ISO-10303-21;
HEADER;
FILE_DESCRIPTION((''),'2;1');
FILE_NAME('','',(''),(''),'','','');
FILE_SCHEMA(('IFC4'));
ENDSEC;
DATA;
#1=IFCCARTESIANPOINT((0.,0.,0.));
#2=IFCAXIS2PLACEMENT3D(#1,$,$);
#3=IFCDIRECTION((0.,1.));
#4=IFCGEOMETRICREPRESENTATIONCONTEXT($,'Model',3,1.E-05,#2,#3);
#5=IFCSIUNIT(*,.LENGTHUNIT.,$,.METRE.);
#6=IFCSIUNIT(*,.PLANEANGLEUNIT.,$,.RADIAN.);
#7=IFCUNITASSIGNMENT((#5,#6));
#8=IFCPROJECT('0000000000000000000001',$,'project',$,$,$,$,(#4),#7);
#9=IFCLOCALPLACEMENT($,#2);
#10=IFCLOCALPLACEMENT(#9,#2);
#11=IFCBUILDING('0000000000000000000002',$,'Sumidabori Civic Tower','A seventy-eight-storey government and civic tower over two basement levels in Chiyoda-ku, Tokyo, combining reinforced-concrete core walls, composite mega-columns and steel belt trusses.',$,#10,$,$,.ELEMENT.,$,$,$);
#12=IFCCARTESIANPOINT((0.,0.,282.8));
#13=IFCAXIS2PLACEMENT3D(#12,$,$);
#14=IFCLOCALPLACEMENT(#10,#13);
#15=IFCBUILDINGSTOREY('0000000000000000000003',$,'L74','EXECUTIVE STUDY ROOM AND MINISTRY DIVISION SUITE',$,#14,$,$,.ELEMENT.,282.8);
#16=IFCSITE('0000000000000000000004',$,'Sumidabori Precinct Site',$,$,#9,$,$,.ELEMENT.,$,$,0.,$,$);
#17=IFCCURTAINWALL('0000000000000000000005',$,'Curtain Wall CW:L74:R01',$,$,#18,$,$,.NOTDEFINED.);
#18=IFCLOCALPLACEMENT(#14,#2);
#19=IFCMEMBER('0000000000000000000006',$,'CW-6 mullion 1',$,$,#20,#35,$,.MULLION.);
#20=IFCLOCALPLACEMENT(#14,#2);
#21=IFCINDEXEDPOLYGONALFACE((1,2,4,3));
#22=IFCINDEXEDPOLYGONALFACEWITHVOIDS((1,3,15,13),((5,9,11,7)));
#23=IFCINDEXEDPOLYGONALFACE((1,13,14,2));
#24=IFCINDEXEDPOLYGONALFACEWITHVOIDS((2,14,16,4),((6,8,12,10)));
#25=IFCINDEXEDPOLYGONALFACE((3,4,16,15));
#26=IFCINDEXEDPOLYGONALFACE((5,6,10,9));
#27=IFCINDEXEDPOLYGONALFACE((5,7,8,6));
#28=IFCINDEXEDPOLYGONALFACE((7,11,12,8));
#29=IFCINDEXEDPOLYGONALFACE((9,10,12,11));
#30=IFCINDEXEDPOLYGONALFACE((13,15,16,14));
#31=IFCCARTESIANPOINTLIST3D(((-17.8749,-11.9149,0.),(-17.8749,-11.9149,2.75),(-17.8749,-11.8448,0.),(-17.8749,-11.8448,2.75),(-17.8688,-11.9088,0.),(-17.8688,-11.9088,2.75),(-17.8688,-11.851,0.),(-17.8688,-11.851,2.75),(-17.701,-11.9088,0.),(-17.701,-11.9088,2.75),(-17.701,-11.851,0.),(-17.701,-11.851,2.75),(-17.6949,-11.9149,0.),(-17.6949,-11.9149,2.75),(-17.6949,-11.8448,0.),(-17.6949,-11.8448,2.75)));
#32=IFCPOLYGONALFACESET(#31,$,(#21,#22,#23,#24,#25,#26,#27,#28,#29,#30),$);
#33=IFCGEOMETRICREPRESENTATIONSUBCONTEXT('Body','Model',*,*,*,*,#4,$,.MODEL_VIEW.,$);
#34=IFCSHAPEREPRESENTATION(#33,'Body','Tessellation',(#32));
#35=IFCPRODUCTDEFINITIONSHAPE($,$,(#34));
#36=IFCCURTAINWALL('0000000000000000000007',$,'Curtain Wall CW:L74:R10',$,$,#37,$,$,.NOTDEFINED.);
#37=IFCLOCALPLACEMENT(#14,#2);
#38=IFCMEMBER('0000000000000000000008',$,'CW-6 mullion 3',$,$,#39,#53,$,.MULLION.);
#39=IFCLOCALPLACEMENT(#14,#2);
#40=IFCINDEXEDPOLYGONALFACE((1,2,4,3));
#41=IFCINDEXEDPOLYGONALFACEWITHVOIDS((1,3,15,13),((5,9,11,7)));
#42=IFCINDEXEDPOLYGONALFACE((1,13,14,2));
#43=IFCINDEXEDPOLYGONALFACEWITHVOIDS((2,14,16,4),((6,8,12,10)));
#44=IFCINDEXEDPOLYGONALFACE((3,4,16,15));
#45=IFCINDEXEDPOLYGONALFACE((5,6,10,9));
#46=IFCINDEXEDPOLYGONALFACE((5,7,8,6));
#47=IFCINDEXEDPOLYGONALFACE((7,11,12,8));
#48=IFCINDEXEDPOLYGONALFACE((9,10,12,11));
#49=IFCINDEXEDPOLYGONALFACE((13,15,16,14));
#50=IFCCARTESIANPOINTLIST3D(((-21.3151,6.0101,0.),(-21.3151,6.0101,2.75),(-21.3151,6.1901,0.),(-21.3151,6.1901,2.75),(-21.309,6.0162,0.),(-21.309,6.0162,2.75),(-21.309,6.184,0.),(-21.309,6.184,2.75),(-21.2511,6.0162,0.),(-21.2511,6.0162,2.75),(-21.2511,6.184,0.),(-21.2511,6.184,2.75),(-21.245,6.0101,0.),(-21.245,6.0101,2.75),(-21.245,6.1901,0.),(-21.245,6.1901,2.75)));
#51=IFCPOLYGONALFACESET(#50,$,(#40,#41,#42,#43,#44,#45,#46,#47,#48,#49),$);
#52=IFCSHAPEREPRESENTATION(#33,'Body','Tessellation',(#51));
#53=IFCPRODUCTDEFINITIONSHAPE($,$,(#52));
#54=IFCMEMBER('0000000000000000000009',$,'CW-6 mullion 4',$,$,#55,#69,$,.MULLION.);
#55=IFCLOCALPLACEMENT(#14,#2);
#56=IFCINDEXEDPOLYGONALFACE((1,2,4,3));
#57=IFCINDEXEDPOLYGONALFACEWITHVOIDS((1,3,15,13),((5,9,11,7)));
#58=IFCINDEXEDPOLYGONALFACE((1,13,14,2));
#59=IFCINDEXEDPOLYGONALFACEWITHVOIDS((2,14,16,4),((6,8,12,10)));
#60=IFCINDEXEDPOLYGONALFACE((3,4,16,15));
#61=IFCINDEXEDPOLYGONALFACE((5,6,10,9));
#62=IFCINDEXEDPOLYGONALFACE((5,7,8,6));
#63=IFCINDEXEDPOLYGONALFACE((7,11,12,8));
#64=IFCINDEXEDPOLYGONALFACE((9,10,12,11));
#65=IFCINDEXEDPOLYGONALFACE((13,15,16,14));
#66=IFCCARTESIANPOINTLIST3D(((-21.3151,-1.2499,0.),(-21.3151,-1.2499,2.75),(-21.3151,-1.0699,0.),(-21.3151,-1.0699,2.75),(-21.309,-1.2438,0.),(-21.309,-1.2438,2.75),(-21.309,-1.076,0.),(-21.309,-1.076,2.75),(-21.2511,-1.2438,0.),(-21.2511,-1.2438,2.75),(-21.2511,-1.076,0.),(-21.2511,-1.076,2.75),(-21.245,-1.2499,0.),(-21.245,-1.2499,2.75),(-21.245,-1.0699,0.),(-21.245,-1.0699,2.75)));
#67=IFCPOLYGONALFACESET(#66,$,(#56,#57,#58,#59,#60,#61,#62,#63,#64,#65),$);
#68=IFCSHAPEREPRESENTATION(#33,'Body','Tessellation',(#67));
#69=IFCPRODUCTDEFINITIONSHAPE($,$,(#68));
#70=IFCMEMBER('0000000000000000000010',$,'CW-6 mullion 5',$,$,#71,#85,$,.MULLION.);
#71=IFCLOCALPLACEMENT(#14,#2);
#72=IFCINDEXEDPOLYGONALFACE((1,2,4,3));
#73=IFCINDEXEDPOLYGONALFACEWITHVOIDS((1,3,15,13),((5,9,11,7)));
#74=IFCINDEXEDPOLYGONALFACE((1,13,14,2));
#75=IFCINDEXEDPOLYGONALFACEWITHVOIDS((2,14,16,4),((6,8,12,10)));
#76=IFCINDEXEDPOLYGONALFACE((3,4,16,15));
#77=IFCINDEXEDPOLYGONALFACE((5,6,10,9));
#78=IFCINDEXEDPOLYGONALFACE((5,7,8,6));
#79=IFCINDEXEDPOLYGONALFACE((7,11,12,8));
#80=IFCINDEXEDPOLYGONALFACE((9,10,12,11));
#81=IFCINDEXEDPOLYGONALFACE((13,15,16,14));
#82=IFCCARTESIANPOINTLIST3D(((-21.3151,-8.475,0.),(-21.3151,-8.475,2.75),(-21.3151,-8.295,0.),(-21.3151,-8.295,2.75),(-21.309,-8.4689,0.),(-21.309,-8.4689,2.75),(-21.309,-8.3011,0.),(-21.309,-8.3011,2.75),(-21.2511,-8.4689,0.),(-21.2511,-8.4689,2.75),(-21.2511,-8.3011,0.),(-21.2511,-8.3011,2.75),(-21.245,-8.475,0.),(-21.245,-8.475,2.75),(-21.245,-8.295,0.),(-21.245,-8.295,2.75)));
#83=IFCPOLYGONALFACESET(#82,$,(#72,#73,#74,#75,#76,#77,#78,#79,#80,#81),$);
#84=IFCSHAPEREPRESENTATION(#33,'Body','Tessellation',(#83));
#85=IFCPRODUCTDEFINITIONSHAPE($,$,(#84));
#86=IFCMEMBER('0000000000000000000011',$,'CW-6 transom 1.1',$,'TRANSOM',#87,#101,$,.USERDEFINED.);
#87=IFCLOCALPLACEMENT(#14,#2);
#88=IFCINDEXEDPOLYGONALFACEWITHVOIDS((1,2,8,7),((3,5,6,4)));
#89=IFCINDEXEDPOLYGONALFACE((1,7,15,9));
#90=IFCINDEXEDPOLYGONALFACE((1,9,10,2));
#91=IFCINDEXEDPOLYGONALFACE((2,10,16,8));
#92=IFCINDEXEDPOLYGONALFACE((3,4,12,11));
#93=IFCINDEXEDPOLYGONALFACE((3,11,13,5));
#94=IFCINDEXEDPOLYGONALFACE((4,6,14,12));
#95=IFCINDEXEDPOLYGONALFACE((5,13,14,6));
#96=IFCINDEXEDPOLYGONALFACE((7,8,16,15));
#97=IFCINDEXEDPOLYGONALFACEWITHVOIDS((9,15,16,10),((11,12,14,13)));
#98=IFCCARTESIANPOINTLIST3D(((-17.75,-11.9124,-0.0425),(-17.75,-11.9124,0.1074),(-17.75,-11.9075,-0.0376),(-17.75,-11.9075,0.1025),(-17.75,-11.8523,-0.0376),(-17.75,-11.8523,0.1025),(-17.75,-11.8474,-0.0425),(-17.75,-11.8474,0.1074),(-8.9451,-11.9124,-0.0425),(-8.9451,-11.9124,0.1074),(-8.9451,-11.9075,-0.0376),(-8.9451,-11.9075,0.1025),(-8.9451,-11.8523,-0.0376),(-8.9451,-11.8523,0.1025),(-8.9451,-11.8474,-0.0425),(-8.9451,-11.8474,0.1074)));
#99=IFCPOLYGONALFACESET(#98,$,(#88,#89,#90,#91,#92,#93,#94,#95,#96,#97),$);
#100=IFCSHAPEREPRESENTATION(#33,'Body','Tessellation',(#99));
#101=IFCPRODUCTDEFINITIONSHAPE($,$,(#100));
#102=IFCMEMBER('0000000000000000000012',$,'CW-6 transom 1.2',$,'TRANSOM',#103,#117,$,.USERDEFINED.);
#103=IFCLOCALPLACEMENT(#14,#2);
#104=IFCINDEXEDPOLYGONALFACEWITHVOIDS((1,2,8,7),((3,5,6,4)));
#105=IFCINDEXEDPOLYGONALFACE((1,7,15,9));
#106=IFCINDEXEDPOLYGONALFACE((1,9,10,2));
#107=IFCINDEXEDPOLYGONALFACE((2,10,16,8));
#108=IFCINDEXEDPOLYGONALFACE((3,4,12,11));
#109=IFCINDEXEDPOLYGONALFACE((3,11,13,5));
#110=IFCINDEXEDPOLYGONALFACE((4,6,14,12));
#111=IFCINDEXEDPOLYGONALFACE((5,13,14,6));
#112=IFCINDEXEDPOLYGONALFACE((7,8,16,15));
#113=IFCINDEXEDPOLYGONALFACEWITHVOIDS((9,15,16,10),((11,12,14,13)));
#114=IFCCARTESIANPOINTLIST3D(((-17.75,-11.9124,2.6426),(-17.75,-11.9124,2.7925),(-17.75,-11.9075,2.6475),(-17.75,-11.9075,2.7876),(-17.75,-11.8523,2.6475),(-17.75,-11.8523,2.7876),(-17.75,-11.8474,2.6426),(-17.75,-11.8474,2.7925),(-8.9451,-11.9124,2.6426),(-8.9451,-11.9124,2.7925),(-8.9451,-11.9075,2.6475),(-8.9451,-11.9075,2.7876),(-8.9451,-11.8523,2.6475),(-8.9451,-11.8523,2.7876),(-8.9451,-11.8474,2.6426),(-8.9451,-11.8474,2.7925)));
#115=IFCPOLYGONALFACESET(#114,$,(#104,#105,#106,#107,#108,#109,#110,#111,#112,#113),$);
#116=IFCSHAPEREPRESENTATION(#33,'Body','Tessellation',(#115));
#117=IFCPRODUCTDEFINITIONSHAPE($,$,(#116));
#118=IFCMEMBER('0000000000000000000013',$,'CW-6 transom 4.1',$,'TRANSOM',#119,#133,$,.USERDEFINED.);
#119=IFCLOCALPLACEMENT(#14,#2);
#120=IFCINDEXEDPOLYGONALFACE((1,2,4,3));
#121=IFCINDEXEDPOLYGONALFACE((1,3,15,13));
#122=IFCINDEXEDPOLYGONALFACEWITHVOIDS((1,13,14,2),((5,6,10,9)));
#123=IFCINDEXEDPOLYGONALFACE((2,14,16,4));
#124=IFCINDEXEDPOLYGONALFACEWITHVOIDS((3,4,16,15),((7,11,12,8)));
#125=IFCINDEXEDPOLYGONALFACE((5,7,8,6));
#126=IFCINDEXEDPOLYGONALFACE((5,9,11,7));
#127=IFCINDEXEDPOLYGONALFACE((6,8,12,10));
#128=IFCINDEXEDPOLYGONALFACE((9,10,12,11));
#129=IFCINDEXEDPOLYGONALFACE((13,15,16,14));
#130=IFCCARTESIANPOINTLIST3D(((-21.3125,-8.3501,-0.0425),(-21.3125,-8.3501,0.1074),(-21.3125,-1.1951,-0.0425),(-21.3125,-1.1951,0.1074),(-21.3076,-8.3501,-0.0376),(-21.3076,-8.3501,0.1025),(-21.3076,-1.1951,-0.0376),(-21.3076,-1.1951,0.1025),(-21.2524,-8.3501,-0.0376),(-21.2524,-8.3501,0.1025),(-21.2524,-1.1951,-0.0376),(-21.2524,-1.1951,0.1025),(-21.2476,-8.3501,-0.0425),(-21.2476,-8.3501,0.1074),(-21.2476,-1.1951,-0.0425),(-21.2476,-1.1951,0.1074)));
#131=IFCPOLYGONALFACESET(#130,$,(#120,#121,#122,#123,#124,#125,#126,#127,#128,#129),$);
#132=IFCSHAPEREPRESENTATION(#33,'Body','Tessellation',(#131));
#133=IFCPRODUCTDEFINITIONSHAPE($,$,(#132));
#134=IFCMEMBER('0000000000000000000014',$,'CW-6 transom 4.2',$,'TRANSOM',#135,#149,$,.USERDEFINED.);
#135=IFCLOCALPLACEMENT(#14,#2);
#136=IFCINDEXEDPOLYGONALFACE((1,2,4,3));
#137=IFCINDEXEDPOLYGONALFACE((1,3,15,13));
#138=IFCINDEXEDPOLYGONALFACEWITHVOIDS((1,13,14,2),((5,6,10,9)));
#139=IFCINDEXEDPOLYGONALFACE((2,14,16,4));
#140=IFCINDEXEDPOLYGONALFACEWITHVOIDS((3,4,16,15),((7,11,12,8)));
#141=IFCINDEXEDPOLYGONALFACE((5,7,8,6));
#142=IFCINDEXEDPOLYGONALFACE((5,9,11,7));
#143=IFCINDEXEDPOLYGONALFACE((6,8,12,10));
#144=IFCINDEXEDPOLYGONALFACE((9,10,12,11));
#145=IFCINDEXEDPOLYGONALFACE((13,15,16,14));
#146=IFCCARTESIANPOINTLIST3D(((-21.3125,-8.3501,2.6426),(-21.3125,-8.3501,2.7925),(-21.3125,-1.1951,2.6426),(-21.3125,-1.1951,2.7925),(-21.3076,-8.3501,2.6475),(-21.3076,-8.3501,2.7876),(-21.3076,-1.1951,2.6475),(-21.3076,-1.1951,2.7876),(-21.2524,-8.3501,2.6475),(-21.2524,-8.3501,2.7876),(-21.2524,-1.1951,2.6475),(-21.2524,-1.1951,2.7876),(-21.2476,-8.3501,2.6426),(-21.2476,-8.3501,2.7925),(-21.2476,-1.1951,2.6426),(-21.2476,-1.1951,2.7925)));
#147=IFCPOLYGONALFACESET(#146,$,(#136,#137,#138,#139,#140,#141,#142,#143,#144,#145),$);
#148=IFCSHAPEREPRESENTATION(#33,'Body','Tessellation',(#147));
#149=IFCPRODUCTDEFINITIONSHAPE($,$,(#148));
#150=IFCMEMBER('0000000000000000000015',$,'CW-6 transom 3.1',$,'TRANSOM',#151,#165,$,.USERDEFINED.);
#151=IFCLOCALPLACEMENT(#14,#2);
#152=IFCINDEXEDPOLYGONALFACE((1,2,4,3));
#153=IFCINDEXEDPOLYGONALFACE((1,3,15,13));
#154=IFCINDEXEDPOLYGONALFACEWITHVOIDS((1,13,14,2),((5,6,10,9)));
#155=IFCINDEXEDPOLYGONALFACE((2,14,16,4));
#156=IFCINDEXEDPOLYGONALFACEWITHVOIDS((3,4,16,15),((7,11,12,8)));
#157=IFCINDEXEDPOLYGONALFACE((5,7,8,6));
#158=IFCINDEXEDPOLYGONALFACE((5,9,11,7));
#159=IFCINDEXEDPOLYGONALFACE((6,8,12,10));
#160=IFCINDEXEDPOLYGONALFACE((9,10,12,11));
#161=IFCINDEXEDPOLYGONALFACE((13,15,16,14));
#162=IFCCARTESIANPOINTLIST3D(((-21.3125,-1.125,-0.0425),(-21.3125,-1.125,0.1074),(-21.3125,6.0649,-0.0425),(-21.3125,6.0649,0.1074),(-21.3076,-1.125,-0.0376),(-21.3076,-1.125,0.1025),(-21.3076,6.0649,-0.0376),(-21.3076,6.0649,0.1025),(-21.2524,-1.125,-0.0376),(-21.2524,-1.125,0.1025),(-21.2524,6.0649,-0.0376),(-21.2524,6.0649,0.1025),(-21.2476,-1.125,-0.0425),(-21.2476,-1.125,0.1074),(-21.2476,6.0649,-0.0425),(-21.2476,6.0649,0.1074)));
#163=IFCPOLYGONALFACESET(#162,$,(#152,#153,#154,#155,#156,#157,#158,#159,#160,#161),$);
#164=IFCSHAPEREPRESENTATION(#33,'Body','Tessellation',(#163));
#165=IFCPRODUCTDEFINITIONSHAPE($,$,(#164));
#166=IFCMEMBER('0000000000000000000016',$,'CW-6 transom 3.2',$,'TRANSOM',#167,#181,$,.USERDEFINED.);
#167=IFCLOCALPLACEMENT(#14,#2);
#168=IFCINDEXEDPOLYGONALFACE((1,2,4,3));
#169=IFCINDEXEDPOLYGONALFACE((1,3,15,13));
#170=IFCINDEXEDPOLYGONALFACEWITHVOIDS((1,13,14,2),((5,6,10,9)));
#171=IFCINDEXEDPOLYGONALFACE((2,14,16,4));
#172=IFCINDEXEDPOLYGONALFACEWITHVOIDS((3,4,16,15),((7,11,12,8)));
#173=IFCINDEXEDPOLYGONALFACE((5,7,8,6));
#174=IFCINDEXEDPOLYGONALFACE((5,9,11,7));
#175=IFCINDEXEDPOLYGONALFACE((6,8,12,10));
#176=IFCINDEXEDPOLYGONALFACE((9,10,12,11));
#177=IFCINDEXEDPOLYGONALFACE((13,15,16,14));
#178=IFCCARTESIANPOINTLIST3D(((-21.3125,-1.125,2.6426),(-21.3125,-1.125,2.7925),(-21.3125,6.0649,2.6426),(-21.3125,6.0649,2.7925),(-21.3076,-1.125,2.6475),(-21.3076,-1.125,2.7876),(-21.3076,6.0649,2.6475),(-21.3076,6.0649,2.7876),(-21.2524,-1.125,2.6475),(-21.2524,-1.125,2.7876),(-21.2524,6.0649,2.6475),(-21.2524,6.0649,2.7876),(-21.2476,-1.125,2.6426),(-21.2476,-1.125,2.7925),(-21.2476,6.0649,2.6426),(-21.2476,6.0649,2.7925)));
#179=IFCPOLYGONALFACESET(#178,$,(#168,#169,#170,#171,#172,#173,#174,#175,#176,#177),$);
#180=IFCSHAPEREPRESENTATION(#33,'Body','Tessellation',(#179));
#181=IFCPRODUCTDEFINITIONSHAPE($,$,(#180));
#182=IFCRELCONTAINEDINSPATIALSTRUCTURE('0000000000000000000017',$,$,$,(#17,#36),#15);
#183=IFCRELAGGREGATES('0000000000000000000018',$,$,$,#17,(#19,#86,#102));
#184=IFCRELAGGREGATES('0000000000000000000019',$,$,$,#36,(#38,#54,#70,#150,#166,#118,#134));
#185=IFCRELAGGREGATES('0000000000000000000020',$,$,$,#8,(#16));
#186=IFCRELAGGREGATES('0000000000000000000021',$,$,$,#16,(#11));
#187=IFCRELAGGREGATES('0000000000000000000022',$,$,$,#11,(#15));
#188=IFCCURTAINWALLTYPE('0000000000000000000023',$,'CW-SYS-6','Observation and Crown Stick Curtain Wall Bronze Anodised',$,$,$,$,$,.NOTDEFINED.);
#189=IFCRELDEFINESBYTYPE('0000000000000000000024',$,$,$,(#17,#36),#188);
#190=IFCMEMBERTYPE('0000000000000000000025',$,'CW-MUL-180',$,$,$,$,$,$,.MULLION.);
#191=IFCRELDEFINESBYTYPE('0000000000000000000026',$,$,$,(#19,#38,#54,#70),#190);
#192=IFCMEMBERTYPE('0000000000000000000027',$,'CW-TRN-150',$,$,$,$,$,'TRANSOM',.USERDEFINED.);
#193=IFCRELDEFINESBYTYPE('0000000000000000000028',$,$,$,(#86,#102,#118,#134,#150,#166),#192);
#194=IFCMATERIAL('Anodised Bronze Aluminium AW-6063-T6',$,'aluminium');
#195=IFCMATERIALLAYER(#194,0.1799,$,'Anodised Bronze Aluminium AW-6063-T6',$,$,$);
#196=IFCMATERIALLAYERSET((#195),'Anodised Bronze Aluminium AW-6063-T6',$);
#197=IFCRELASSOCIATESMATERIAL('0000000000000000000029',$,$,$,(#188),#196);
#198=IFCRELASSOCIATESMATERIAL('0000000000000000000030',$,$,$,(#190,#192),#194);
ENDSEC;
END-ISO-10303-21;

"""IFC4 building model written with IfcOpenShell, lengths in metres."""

from ifc_helpers import new_model, si_unit, direction, frame, origin, origin_2d, place, context, subcontext, project, spatial, hollow_rectangle, extrude, source, transform, mapped, material, layer, layer_set, material_profile, profile_set, type_object, element, aggregate, save


model = new_model("IFC4")

# Units and contexts
model_context = context("Model", 3, precision=1e-05, world=origin(), true_north=direction((0.0, 1.0)))
body_context = subcontext(model_context, "Body", "Model", "MODEL_VIEW")
ifc_project = project(units=[si_unit("LENGTHUNIT", "METRE"), si_unit("PLANEANGLEUNIT", "RADIAN")], contexts=[model_context])

# Site, building, storey
site_placement = place(None, origin())
site = spatial("IfcSite", under=ifc_project, at=site_placement, Name="Sumidabori Precinct Site", CompositionType="ELEMENT", RefElevation=0.0)
building_placement = place(site_placement, origin())
building = spatial("IfcBuilding", under=site, at=building_placement, Name="Sumidabori Civic Tower", Description="A seventy-eight-storey government and civic tower over two basement levels in Chiyoda-ku, Tokyo, combining reinforced-concrete core walls, composite mega-columns and steel belt trusses.", CompositionType="ELEMENT")
storey_placement = place(building_placement, frame((0.0, 0.0, 282.8)))
storey = spatial("IfcBuildingStorey", under=building, at=storey_placement, Name="L74", Description="EXECUTIVE STUDY ROOM AND MINISTRY DIVISION SUITE", CompositionType="ELEMENT", Elevation=282.8)

# Curtain wall, member
ifc_material_1 = material(Name="Anodised Bronze Aluminium AW-6063-T6", Category="aluminium")
ifc_layer_1 = layer(ifc_material_1, 0.1799, Name="Anodised Bronze Aluminium AW-6063-T6")
ifc_layer_set_1 = layer_set([ifc_layer_1], Name="Anodised Bronze Aluminium AW-6063-T6")
curtain_wall_type = type_object("IfcCurtainWallType", Name="CW-SYS-6", Description="Observation and Crown Stick Curtain Wall Bronze Anodised", PredefinedType="NOTDEFINED", material=ifc_layer_set_1)
curtain_wall_1_placement = place(storey_placement, origin())
curtain_wall_1 = element("IfcCurtainWall", 1, at=curtain_wall_1_placement, inside=storey, type_object=curtain_wall_type, Name="Curtain Wall CW:L74:R01", PredefinedType="NOTDEFINED")
ifc_material_profile_1 = material_profile(ifc_material_1, hollow_rectangle(XDim=0.0701, YDim=0.1799, WallThickness=0.0061, at=origin_2d()), Name="ALU MULLION 180x70")
ifc_profile_set_1 = profile_set([ifc_material_profile_1], Name="Anodised Bronze Aluminium AW-6063-T6")
member_type_1 = type_object("IfcMemberType", Name="CW-MUL-180", PredefinedType="MULLION", material=ifc_profile_set_1)
shared_shape_1 = source(origin(), body_context, "Body", "SweptSolid", [
    extrude(hollow_rectangle(XDim=0.0701, YDim=0.1799, WallThickness=0.0061, at=origin_2d()), origin(), (0.0, 0.0, 1.0), 2.75),
])
member_1_placement = place(storey_placement, frame((-17.7849, -11.8799, 0.0), z_axis=(0.0, 0.0, 1.0), x_axis=(0.0, 1.0, 0.0)))
member_1 = element("IfcMember", 2, at=member_1_placement, type_object=member_type_1, Name="CW-6 mullion 1", PredefinedType="MULLION", context=body_context, shape_type="MappedRepresentation", body=[
    mapped(shared_shape_1, transform((0.0, 0.0, 0.0), x_axis=(1.0, 0.0, 0.0), y_axis=(0.0, 1.0, 0.0), z_axis=(0.0, 0.0, 1.0), scale=1.0)),
])

# Curtain wall, members
curtain_wall_2_placement = place(storey_placement, origin())
curtain_wall_2 = element("IfcCurtainWall", 3, at=curtain_wall_2_placement, inside=storey, type_object=curtain_wall_type, Name="Curtain Wall CW:L74:R10", PredefinedType="NOTDEFINED")
member_2_placement = place(storey_placement, frame((-21.28, 6.1001, 0.0), z_axis=(0.0, 0.0, 1.0), x_axis=(1.0, 0.0, 0.0)))
member_2 = element("IfcMember", 4, at=member_2_placement, type_object=member_type_1, Name="CW-6 mullion 3", PredefinedType="MULLION", context=body_context, shape_type="MappedRepresentation", body=[
    mapped(shared_shape_1, transform((0.0, 0.0, 0.0), x_axis=(1.0, 0.0, 0.0), y_axis=(0.0, 1.0, 0.0), z_axis=(0.0, 0.0, 1.0), scale=1.0)),
])
member_3_placement = place(storey_placement, frame((-21.28, -1.1599, 0.0), z_axis=(0.0, 0.0, 1.0), x_axis=(1.0, 0.0, 0.0)))
member_3 = element("IfcMember", 5, at=member_3_placement, type_object=member_type_1, Name="CW-6 mullion 4", PredefinedType="MULLION", context=body_context, shape_type="MappedRepresentation", body=[
    mapped(shared_shape_1, transform((0.0, 0.0, 0.0), x_axis=(1.0, 0.0, 0.0), y_axis=(0.0, 1.0, 0.0), z_axis=(0.0, 0.0, 1.0), scale=1.0)),
])
member_4_placement = place(storey_placement, frame((-21.28, -8.385, 0.0), z_axis=(0.0, 0.0, 1.0), x_axis=(1.0, 0.0, 0.0)))
member_4 = element("IfcMember", 6, at=member_4_placement, type_object=member_type_1, Name="CW-6 mullion 5", PredefinedType="MULLION", context=body_context, shape_type="MappedRepresentation", body=[
    mapped(shared_shape_1, transform((0.0, 0.0, 0.0), x_axis=(1.0, 0.0, 0.0), y_axis=(0.0, 1.0, 0.0), z_axis=(0.0, 0.0, 1.0), scale=1.0)),
])

# Members
ifc_material_profile_2 = material_profile(ifc_material_1, hollow_rectangle(XDim=0.0649, YDim=0.1499, WallThickness=0.0049, at=origin_2d()), Name="ALU TRANSOM 150x65")
ifc_profile_set_2 = profile_set([ifc_material_profile_2], Name="Anodised Bronze Aluminium AW-6063-T6")
member_type_2 = type_object("IfcMemberType", Name="CW-TRN-150", ElementType="TRANSOM", PredefinedType="USERDEFINED", material=ifc_profile_set_2)
shared_shape_2 = source(origin(), body_context, "Body", "SweptSolid", [
    extrude(hollow_rectangle(XDim=0.0649, YDim=0.1499, WallThickness=0.0049, at=origin_2d()), origin(), (0.0, 0.0, 1.0), 8.8049),
])
member_5_placement = place(storey_placement, frame((-17.75, -11.8799, 0.0325), z_axis=(1.0, 0.0, 0.0), x_axis=(0.0, 1.0, 0.0)))
member_5 = element("IfcMember", 7, at=member_5_placement, type_object=member_type_2, Name="CW-6 transom 1.1", ObjectType="TRANSOM", PredefinedType="USERDEFINED", context=body_context, shape_type="MappedRepresentation", body=[
    mapped(shared_shape_2, transform((0.0, 0.0, 0.0), x_axis=(1.0, 0.0, 0.0), y_axis=(0.0, 1.0, 0.0), z_axis=(0.0, 0.0, 1.0), scale=1.0)),
])
member_6_placement = place(storey_placement, frame((-17.75, -11.8799, 2.7175), z_axis=(1.0, 0.0, 0.0), x_axis=(0.0, 1.0, 0.0)))
member_6 = element("IfcMember", 8, at=member_6_placement, type_object=member_type_2, Name="CW-6 transom 1.2", ObjectType="TRANSOM", PredefinedType="USERDEFINED", context=body_context, shape_type="MappedRepresentation", body=[
    mapped(shared_shape_2, transform((0.0, 0.0, 0.0), x_axis=(1.0, 0.0, 0.0), y_axis=(0.0, 1.0, 0.0), z_axis=(0.0, 0.0, 1.0), scale=1.0)),
])
aggregate(curtain_wall_1, [member_1, member_5, member_6])
shared_shape_3 = source(origin(), body_context, "Body", "SweptSolid", [
    extrude(hollow_rectangle(XDim=0.0649, YDim=0.1499, WallThickness=0.0049, at=origin_2d()), origin(), (0.0, 0.0, 1.0), 7.155),
])
member_7_placement = place(storey_placement, frame((-21.28, -1.1951, 0.0325), z_axis=(0.0, -1.0, 0.0), x_axis=(1.0, 0.0, 0.0)))
member_7 = element("IfcMember", 9, at=member_7_placement, type_object=member_type_2, Name="CW-6 transom 4.1", ObjectType="TRANSOM", PredefinedType="USERDEFINED", context=body_context, shape_type="MappedRepresentation", body=[
    mapped(shared_shape_3, transform((0.0, 0.0, 0.0), x_axis=(1.0, 0.0, 0.0), y_axis=(0.0, 1.0, 0.0), z_axis=(0.0, 0.0, 1.0), scale=1.0)),
])
member_8_placement = place(storey_placement, frame((-21.28, -1.1951, 2.7175), z_axis=(0.0, -1.0, 0.0), x_axis=(1.0, 0.0, 0.0)))
member_8 = element("IfcMember", 10, at=member_8_placement, type_object=member_type_2, Name="CW-6 transom 4.2", ObjectType="TRANSOM", PredefinedType="USERDEFINED", context=body_context, shape_type="MappedRepresentation", body=[
    mapped(shared_shape_3, transform((0.0, 0.0, 0.0), x_axis=(1.0, 0.0, 0.0), y_axis=(0.0, 1.0, 0.0), z_axis=(0.0, 0.0, 1.0), scale=1.0)),
])
shared_shape_4 = source(origin(), body_context, "Body", "SweptSolid", [
    extrude(hollow_rectangle(XDim=0.0649, YDim=0.1499, WallThickness=0.0049, at=origin_2d()), origin(), (0.0, 0.0, 1.0), 7.1899),
])
member_9_placement = place(storey_placement, frame((-21.28, 6.0649, 0.0325), z_axis=(0.0, -1.0, 0.0), x_axis=(1.0, 0.0, 0.0)))
member_9 = element("IfcMember", 11, at=member_9_placement, type_object=member_type_2, Name="CW-6 transom 3.1", ObjectType="TRANSOM", PredefinedType="USERDEFINED", context=body_context, shape_type="MappedRepresentation", body=[
    mapped(shared_shape_4, transform((0.0, 0.0, 0.0), x_axis=(1.0, 0.0, 0.0), y_axis=(0.0, 1.0, 0.0), z_axis=(0.0, 0.0, 1.0), scale=1.0)),
])
member_10_placement = place(storey_placement, frame((-21.28, 6.0649, 2.7175), z_axis=(0.0, -1.0, 0.0), x_axis=(1.0, 0.0, 0.0)))
member_10 = element("IfcMember", 12, at=member_10_placement, type_object=member_type_2, Name="CW-6 transom 3.2", ObjectType="TRANSOM", PredefinedType="USERDEFINED", context=body_context, shape_type="MappedRepresentation", body=[
    mapped(shared_shape_4, transform((0.0, 0.0, 0.0), x_axis=(1.0, 0.0, 0.0), y_axis=(0.0, 1.0, 0.0), z_axis=(0.0, 0.0, 1.0), scale=1.0)),
])

aggregate(curtain_wall_2, [member_2, member_3, member_4, member_9, member_10, member_7, member_8])

save(model, "model.ifc")
